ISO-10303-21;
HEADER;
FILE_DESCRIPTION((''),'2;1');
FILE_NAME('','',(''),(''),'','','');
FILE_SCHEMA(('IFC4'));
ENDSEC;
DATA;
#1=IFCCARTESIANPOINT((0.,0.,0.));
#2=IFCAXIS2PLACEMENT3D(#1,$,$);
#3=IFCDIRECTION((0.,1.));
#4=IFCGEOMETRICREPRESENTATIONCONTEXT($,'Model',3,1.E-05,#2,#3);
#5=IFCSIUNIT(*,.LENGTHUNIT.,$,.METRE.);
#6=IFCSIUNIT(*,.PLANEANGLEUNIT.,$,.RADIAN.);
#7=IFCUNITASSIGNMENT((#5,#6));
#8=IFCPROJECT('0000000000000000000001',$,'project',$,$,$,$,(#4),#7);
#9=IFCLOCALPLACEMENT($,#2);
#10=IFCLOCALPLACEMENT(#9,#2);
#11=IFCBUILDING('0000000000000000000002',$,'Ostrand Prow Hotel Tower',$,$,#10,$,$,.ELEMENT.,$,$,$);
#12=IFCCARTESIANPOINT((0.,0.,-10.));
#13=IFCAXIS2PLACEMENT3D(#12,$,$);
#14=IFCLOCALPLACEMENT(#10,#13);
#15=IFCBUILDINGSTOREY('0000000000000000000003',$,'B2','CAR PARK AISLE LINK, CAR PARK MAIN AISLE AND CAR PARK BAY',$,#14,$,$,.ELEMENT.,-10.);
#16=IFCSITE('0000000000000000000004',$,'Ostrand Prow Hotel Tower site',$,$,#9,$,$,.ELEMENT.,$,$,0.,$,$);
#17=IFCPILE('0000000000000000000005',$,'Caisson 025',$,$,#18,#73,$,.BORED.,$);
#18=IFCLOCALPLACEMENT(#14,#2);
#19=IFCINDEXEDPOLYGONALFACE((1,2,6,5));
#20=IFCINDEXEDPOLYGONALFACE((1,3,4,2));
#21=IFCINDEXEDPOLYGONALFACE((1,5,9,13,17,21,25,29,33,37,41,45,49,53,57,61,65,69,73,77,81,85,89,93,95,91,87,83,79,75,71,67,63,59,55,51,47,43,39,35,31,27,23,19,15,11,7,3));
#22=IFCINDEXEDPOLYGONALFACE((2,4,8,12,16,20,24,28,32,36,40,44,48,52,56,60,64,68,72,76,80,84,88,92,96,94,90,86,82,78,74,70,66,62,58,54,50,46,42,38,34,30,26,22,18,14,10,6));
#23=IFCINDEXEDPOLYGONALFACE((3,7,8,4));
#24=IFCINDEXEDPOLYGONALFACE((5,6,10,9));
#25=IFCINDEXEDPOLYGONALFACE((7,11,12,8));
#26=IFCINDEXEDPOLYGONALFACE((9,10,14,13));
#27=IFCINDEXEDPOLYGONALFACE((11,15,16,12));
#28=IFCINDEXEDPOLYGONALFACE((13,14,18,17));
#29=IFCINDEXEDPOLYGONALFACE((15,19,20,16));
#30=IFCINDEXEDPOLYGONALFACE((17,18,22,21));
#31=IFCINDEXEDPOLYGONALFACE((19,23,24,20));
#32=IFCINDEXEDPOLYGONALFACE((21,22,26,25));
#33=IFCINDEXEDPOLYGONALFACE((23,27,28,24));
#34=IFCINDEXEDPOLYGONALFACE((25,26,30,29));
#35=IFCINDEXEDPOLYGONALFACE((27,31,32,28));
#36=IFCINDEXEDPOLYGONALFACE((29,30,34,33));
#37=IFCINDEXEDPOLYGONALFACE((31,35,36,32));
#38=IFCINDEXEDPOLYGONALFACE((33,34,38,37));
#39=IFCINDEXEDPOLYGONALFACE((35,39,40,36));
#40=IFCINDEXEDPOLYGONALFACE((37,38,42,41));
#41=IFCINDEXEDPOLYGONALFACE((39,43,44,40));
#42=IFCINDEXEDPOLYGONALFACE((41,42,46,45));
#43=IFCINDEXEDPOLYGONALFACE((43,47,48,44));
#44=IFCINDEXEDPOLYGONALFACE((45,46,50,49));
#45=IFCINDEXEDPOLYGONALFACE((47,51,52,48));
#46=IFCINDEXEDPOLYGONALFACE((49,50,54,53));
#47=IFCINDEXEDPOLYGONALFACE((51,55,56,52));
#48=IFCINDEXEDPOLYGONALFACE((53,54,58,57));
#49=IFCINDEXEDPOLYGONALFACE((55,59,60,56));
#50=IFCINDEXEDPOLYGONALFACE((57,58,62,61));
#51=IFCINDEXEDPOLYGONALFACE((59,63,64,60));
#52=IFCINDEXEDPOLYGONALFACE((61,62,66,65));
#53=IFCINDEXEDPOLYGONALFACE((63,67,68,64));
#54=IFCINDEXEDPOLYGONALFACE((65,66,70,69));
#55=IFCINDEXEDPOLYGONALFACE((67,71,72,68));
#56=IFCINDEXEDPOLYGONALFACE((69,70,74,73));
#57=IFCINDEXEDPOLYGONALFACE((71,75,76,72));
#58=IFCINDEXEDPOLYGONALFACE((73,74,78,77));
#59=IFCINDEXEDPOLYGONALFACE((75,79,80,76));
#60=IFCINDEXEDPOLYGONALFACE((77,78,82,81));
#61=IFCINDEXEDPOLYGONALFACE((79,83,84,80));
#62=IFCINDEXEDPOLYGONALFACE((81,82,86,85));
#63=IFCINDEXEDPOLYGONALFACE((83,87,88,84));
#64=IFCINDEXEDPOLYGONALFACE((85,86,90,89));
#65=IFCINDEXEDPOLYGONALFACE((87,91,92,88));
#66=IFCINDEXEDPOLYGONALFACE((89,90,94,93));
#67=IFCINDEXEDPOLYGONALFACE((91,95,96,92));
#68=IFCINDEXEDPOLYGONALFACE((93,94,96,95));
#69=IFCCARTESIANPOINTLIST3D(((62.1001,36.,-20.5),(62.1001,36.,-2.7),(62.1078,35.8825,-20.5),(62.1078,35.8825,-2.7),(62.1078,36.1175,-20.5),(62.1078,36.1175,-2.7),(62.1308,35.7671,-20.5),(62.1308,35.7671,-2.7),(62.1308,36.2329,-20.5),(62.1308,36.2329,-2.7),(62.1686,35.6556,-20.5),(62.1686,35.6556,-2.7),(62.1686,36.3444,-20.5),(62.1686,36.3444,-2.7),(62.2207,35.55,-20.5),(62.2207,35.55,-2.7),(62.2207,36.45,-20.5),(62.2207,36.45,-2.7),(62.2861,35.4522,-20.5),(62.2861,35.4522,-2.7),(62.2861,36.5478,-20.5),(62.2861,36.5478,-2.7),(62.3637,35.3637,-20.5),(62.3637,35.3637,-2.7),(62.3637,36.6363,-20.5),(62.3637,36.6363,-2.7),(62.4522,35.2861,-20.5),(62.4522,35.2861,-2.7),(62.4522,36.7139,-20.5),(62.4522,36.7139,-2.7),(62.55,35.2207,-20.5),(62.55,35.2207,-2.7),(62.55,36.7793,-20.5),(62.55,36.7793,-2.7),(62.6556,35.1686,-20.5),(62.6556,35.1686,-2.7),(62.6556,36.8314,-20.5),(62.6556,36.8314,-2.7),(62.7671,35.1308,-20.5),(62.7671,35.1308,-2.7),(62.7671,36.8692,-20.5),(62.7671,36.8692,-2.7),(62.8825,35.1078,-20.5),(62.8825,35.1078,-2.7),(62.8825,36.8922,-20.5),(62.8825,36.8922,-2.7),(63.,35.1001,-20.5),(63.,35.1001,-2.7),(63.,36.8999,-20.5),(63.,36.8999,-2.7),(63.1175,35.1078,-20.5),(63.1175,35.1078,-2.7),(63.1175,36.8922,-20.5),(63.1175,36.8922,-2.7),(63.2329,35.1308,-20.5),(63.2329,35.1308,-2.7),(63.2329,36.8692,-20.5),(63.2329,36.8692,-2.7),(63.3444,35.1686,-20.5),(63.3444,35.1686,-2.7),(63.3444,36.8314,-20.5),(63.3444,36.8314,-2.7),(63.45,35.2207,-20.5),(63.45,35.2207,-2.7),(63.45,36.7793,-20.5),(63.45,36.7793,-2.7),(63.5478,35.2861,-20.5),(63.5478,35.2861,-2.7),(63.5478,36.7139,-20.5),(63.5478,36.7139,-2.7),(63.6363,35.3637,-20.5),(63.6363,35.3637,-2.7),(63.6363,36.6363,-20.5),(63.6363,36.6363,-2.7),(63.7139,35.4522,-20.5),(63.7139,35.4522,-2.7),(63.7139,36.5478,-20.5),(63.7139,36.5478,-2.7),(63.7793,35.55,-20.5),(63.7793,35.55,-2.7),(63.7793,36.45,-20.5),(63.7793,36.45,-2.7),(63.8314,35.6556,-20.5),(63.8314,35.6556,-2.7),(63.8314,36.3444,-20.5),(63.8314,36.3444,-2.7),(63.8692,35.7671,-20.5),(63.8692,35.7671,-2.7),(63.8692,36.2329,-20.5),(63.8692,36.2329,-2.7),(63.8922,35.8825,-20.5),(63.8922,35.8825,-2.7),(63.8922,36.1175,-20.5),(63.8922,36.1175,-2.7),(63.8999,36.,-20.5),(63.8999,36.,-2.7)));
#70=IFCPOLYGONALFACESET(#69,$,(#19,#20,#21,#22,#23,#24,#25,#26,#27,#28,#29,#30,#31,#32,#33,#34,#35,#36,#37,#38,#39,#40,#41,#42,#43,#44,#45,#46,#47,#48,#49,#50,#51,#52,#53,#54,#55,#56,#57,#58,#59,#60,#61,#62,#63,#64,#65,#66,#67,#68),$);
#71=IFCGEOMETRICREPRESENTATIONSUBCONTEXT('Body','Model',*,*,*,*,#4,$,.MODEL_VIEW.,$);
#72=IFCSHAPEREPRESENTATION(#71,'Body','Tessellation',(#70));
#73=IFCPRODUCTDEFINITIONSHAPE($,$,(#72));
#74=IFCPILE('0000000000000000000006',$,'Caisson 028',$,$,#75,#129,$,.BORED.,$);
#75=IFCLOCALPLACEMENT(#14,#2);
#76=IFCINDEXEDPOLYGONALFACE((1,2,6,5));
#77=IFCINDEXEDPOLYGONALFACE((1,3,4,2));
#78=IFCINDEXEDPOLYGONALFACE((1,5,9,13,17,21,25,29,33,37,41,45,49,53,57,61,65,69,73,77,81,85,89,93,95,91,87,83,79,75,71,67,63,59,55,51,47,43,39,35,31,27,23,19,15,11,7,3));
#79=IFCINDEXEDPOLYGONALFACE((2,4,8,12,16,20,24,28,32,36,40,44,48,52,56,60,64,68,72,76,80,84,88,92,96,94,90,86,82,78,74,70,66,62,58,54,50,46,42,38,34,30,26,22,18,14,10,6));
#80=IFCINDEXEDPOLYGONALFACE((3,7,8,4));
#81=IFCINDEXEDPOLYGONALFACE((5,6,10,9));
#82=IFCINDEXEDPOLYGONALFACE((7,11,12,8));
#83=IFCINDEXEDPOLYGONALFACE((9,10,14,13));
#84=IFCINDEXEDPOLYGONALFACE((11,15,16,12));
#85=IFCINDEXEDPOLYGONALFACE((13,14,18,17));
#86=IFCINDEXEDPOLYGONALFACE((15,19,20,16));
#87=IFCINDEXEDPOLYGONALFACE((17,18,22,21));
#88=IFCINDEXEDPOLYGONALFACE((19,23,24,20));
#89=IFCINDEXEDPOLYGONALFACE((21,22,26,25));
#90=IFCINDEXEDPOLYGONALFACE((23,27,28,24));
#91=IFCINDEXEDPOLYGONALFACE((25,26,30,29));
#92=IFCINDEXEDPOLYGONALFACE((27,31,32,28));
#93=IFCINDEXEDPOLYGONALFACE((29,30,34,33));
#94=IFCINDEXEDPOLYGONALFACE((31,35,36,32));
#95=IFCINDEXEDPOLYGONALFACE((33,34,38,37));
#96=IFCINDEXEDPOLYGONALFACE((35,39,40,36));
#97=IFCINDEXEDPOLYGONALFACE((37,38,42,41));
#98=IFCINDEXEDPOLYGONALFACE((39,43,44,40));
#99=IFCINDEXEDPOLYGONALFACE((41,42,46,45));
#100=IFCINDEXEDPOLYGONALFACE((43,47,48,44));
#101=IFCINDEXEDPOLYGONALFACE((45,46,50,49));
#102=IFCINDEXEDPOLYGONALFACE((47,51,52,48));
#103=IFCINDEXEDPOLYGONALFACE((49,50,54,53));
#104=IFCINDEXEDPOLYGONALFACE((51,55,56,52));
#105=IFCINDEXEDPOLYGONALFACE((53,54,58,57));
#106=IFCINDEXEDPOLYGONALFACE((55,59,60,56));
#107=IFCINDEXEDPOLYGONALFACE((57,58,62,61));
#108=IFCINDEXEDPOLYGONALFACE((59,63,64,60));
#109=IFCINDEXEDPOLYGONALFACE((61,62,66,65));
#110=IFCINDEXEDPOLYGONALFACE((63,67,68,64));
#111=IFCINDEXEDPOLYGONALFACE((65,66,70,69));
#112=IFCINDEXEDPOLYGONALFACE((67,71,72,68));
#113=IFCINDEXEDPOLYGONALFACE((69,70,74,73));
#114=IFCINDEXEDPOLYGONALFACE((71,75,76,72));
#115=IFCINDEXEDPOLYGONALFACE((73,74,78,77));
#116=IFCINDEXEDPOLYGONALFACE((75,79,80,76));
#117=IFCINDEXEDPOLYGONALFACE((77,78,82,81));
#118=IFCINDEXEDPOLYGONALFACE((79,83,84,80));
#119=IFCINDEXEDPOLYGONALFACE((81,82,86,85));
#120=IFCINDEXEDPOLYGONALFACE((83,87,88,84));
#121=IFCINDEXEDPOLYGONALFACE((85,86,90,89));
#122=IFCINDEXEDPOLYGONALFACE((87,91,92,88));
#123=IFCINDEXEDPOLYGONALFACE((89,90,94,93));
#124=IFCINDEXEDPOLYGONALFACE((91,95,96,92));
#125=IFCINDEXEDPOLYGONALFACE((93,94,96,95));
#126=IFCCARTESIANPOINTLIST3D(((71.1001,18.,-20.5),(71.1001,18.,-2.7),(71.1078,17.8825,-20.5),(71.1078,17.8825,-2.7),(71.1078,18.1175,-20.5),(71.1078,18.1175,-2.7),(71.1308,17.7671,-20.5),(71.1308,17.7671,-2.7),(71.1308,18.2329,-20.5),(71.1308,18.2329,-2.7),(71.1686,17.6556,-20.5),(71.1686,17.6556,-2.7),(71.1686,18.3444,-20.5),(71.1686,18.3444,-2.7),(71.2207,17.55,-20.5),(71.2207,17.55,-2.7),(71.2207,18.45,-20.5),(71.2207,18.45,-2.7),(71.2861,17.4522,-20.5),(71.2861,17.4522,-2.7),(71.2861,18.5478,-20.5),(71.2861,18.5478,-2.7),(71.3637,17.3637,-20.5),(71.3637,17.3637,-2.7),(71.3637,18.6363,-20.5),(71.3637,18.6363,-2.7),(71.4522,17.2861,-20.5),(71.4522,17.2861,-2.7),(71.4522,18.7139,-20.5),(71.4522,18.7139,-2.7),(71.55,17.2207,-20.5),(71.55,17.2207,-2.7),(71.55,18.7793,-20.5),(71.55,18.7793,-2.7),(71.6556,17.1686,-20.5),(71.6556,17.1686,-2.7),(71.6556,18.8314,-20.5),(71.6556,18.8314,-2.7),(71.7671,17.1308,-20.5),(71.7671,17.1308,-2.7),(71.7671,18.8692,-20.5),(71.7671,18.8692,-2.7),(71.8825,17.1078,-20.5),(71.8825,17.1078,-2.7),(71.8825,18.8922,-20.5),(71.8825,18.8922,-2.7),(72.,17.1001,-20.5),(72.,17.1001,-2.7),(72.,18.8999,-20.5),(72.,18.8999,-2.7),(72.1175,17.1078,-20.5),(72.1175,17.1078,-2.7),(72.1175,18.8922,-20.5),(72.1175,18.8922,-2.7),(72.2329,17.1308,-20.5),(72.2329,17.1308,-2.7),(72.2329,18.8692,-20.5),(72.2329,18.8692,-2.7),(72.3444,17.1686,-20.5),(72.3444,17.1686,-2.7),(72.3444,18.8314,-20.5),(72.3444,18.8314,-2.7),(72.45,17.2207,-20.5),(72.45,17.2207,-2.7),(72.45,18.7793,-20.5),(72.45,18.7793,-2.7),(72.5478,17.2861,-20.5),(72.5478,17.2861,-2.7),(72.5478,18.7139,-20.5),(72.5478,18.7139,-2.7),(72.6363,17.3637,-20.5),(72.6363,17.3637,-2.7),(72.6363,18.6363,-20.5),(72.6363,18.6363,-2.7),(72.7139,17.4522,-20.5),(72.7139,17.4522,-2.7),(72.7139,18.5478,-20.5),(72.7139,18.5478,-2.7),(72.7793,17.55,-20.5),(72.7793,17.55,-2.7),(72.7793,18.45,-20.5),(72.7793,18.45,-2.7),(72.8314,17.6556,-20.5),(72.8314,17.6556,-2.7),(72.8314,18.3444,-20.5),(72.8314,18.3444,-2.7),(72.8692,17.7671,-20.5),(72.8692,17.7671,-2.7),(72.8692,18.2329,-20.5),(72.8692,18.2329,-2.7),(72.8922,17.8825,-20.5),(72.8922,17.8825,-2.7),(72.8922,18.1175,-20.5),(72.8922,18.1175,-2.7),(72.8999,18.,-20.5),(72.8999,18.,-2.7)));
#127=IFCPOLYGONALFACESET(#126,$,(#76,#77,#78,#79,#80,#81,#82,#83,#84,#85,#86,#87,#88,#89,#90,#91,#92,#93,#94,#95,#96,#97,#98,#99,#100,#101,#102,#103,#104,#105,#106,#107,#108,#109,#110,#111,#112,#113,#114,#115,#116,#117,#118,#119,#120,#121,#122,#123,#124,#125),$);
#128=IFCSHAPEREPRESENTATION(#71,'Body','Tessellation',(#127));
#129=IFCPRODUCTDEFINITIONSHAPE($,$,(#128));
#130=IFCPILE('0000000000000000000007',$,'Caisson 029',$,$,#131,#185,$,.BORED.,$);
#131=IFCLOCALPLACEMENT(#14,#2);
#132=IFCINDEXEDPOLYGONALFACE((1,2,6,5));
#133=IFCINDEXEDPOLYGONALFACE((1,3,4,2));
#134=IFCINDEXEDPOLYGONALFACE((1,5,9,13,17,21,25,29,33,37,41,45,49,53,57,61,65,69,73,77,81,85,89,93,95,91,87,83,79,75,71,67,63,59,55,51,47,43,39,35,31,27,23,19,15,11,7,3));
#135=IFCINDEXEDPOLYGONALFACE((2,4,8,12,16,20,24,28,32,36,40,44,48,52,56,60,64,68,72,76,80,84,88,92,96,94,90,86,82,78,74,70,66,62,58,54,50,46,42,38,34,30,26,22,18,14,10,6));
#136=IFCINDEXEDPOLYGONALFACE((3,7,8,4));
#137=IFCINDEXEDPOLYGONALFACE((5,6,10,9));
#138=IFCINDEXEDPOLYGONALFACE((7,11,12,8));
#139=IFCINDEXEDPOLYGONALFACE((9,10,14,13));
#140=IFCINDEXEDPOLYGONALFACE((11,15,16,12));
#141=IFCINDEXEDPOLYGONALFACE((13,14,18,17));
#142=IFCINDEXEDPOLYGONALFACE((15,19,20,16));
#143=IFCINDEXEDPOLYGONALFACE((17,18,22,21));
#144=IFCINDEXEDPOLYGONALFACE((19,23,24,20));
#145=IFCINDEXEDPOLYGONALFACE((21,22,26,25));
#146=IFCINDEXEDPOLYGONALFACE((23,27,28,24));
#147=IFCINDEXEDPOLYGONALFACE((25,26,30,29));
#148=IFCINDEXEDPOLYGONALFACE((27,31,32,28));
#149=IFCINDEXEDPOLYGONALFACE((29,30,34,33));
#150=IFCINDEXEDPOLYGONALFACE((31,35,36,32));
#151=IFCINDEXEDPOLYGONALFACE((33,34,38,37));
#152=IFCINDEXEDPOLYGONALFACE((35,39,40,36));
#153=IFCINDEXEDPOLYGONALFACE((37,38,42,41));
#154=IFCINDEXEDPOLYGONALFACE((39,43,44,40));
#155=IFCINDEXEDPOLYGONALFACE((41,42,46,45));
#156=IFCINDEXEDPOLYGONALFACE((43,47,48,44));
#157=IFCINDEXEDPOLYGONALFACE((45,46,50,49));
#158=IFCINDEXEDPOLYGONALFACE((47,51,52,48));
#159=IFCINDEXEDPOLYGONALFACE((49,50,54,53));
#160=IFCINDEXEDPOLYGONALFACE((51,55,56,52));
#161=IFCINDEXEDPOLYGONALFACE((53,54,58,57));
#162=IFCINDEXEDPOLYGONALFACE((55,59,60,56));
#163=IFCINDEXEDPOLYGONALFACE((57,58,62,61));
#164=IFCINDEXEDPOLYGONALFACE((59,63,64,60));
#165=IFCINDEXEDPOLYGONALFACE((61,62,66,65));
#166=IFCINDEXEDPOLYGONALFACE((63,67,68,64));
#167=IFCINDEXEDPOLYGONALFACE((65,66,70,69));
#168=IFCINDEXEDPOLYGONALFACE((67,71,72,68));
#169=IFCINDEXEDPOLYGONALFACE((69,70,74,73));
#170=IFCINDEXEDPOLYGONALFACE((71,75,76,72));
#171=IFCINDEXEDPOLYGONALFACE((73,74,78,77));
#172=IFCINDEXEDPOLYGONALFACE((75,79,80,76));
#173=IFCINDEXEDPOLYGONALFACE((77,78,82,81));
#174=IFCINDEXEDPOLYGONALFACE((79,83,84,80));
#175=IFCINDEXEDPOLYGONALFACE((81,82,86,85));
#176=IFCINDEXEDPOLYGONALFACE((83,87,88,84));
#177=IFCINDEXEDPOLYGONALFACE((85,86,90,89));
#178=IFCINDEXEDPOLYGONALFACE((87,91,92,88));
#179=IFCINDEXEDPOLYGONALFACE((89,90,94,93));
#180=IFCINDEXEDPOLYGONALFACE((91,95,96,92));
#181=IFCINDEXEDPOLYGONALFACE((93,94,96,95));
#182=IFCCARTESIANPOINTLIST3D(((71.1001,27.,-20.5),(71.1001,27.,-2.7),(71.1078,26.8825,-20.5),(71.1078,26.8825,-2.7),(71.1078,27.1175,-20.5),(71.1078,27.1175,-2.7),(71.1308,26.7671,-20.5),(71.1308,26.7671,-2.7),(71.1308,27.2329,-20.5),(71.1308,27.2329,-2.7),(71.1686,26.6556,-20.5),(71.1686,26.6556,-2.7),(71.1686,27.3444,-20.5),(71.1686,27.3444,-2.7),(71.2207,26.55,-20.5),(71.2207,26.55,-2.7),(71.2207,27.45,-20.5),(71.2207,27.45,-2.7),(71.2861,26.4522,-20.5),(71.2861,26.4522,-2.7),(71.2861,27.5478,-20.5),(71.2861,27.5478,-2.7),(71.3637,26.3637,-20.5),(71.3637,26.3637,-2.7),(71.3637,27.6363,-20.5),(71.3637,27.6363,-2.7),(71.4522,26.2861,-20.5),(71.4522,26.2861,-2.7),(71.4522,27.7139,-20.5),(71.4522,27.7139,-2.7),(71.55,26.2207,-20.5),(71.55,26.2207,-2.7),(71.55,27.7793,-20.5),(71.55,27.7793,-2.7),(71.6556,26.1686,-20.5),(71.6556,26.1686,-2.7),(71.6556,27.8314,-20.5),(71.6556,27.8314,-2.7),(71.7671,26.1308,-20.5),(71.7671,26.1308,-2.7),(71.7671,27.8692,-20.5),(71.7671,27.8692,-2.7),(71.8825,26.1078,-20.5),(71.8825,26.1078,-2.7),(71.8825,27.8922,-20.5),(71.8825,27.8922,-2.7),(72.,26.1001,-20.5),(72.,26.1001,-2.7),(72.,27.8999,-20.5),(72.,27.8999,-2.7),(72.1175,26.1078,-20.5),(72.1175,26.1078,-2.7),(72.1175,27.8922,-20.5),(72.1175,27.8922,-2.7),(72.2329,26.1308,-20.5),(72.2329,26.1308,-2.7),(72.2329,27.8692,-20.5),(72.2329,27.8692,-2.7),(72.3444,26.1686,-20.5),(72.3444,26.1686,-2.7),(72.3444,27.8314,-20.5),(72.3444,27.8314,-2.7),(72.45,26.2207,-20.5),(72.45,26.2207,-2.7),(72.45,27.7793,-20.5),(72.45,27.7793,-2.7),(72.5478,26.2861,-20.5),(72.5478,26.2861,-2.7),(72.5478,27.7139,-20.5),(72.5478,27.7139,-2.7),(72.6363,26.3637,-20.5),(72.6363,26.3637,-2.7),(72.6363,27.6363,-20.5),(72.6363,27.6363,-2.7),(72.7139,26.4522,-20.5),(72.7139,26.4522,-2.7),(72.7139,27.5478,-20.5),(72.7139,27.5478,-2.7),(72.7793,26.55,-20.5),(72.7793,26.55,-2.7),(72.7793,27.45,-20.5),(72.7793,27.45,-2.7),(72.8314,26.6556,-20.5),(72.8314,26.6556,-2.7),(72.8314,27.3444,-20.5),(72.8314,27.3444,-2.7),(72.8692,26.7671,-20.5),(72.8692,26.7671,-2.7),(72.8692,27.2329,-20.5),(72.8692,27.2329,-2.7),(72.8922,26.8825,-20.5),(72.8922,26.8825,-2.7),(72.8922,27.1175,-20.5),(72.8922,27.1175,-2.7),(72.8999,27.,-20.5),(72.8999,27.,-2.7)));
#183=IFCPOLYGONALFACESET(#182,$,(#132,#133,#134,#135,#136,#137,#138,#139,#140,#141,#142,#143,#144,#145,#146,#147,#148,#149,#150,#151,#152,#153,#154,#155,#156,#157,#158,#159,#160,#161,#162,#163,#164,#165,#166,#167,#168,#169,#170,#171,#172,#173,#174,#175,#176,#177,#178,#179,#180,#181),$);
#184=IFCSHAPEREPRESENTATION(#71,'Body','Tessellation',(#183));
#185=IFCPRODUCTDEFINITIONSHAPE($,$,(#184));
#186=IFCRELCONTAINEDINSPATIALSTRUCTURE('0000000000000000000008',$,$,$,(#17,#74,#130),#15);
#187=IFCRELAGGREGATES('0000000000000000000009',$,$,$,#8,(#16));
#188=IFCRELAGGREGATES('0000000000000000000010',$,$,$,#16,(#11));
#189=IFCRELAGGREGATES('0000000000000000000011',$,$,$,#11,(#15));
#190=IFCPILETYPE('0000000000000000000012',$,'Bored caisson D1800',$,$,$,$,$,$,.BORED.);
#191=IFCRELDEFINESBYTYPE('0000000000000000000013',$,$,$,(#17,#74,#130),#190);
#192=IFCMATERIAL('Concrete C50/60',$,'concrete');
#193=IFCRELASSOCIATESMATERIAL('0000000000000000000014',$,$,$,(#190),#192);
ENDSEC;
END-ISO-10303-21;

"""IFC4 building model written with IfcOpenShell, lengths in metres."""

from ifc_helpers import new_model, si_unit, direction, frame, origin, origin_2d, place, context, subcontext, project, spatial, circle, extrude, material, type_object, element, save


model = new_model("IFC4")

# Units and contexts
model_context = context("Model", 3, precision=1e-05, world=origin(), true_north=direction((0.0, 1.0)))
body_context = subcontext(model_context, "Body", "Model", "MODEL_VIEW")
ifc_project = project(units=[si_unit("LENGTHUNIT", "METRE"), si_unit("PLANEANGLEUNIT", "RADIAN")], contexts=[model_context])

# Site, building, storey
site_placement = place(None, origin())
site = spatial("IfcSite", under=ifc_project, at=site_placement, Name="Ostrand Prow Hotel Tower site", CompositionType="ELEMENT", RefElevation=0.0)
building_placement = place(site_placement, origin())
building = spatial("IfcBuilding", under=site, at=building_placement, Name="Ostrand Prow Hotel Tower", CompositionType="ELEMENT")
storey_placement = place(building_placement, frame((0.0, 0.0, -10.0)))
storey = spatial("IfcBuildingStorey", under=building, at=storey_placement, Name="B2", Description="CAR PARK AISLE LINK, CAR PARK MAIN AISLE AND CAR PARK BAY", CompositionType="ELEMENT", Elevation=-10.0)

# Piles
ifc_material_1 = material(Name="Concrete C50/60", Category="concrete")
pile_type_1 = type_object("IfcPileType", Name="Bored caisson D1800", PredefinedType="BORED", material=ifc_material_1)
for number, where, z_axis, x_axis, name in (
    (1, (63.0, 36.0, -2.7), (0.0, 0.0, -1.0), (1.0, 0.0, 0.0), "Caisson 025"),
    (2, (72.0, 18.0, -2.7), (0.0, 0.0, -1.0), (1.0, 0.0, 0.0), "Caisson 028"),
    (3, (72.0, 27.0, -2.7), (0.0, 0.0, -1.0), (1.0, 0.0, 0.0), "Caisson 029"),
):
    element("IfcPile", number, at=place(storey_placement, frame(where, z_axis=z_axis, x_axis=x_axis)), inside=storey, type_object=pile_type_1, Name=name, PredefinedType="BORED", context=body_context, shape_type="SweptSolid", body=[
        extrude(circle(Radius=0.8999, at=origin_2d()), origin(), (0.0, 0.0, 1.0), 17.8),
    ])

save(model, "model.ifc")
